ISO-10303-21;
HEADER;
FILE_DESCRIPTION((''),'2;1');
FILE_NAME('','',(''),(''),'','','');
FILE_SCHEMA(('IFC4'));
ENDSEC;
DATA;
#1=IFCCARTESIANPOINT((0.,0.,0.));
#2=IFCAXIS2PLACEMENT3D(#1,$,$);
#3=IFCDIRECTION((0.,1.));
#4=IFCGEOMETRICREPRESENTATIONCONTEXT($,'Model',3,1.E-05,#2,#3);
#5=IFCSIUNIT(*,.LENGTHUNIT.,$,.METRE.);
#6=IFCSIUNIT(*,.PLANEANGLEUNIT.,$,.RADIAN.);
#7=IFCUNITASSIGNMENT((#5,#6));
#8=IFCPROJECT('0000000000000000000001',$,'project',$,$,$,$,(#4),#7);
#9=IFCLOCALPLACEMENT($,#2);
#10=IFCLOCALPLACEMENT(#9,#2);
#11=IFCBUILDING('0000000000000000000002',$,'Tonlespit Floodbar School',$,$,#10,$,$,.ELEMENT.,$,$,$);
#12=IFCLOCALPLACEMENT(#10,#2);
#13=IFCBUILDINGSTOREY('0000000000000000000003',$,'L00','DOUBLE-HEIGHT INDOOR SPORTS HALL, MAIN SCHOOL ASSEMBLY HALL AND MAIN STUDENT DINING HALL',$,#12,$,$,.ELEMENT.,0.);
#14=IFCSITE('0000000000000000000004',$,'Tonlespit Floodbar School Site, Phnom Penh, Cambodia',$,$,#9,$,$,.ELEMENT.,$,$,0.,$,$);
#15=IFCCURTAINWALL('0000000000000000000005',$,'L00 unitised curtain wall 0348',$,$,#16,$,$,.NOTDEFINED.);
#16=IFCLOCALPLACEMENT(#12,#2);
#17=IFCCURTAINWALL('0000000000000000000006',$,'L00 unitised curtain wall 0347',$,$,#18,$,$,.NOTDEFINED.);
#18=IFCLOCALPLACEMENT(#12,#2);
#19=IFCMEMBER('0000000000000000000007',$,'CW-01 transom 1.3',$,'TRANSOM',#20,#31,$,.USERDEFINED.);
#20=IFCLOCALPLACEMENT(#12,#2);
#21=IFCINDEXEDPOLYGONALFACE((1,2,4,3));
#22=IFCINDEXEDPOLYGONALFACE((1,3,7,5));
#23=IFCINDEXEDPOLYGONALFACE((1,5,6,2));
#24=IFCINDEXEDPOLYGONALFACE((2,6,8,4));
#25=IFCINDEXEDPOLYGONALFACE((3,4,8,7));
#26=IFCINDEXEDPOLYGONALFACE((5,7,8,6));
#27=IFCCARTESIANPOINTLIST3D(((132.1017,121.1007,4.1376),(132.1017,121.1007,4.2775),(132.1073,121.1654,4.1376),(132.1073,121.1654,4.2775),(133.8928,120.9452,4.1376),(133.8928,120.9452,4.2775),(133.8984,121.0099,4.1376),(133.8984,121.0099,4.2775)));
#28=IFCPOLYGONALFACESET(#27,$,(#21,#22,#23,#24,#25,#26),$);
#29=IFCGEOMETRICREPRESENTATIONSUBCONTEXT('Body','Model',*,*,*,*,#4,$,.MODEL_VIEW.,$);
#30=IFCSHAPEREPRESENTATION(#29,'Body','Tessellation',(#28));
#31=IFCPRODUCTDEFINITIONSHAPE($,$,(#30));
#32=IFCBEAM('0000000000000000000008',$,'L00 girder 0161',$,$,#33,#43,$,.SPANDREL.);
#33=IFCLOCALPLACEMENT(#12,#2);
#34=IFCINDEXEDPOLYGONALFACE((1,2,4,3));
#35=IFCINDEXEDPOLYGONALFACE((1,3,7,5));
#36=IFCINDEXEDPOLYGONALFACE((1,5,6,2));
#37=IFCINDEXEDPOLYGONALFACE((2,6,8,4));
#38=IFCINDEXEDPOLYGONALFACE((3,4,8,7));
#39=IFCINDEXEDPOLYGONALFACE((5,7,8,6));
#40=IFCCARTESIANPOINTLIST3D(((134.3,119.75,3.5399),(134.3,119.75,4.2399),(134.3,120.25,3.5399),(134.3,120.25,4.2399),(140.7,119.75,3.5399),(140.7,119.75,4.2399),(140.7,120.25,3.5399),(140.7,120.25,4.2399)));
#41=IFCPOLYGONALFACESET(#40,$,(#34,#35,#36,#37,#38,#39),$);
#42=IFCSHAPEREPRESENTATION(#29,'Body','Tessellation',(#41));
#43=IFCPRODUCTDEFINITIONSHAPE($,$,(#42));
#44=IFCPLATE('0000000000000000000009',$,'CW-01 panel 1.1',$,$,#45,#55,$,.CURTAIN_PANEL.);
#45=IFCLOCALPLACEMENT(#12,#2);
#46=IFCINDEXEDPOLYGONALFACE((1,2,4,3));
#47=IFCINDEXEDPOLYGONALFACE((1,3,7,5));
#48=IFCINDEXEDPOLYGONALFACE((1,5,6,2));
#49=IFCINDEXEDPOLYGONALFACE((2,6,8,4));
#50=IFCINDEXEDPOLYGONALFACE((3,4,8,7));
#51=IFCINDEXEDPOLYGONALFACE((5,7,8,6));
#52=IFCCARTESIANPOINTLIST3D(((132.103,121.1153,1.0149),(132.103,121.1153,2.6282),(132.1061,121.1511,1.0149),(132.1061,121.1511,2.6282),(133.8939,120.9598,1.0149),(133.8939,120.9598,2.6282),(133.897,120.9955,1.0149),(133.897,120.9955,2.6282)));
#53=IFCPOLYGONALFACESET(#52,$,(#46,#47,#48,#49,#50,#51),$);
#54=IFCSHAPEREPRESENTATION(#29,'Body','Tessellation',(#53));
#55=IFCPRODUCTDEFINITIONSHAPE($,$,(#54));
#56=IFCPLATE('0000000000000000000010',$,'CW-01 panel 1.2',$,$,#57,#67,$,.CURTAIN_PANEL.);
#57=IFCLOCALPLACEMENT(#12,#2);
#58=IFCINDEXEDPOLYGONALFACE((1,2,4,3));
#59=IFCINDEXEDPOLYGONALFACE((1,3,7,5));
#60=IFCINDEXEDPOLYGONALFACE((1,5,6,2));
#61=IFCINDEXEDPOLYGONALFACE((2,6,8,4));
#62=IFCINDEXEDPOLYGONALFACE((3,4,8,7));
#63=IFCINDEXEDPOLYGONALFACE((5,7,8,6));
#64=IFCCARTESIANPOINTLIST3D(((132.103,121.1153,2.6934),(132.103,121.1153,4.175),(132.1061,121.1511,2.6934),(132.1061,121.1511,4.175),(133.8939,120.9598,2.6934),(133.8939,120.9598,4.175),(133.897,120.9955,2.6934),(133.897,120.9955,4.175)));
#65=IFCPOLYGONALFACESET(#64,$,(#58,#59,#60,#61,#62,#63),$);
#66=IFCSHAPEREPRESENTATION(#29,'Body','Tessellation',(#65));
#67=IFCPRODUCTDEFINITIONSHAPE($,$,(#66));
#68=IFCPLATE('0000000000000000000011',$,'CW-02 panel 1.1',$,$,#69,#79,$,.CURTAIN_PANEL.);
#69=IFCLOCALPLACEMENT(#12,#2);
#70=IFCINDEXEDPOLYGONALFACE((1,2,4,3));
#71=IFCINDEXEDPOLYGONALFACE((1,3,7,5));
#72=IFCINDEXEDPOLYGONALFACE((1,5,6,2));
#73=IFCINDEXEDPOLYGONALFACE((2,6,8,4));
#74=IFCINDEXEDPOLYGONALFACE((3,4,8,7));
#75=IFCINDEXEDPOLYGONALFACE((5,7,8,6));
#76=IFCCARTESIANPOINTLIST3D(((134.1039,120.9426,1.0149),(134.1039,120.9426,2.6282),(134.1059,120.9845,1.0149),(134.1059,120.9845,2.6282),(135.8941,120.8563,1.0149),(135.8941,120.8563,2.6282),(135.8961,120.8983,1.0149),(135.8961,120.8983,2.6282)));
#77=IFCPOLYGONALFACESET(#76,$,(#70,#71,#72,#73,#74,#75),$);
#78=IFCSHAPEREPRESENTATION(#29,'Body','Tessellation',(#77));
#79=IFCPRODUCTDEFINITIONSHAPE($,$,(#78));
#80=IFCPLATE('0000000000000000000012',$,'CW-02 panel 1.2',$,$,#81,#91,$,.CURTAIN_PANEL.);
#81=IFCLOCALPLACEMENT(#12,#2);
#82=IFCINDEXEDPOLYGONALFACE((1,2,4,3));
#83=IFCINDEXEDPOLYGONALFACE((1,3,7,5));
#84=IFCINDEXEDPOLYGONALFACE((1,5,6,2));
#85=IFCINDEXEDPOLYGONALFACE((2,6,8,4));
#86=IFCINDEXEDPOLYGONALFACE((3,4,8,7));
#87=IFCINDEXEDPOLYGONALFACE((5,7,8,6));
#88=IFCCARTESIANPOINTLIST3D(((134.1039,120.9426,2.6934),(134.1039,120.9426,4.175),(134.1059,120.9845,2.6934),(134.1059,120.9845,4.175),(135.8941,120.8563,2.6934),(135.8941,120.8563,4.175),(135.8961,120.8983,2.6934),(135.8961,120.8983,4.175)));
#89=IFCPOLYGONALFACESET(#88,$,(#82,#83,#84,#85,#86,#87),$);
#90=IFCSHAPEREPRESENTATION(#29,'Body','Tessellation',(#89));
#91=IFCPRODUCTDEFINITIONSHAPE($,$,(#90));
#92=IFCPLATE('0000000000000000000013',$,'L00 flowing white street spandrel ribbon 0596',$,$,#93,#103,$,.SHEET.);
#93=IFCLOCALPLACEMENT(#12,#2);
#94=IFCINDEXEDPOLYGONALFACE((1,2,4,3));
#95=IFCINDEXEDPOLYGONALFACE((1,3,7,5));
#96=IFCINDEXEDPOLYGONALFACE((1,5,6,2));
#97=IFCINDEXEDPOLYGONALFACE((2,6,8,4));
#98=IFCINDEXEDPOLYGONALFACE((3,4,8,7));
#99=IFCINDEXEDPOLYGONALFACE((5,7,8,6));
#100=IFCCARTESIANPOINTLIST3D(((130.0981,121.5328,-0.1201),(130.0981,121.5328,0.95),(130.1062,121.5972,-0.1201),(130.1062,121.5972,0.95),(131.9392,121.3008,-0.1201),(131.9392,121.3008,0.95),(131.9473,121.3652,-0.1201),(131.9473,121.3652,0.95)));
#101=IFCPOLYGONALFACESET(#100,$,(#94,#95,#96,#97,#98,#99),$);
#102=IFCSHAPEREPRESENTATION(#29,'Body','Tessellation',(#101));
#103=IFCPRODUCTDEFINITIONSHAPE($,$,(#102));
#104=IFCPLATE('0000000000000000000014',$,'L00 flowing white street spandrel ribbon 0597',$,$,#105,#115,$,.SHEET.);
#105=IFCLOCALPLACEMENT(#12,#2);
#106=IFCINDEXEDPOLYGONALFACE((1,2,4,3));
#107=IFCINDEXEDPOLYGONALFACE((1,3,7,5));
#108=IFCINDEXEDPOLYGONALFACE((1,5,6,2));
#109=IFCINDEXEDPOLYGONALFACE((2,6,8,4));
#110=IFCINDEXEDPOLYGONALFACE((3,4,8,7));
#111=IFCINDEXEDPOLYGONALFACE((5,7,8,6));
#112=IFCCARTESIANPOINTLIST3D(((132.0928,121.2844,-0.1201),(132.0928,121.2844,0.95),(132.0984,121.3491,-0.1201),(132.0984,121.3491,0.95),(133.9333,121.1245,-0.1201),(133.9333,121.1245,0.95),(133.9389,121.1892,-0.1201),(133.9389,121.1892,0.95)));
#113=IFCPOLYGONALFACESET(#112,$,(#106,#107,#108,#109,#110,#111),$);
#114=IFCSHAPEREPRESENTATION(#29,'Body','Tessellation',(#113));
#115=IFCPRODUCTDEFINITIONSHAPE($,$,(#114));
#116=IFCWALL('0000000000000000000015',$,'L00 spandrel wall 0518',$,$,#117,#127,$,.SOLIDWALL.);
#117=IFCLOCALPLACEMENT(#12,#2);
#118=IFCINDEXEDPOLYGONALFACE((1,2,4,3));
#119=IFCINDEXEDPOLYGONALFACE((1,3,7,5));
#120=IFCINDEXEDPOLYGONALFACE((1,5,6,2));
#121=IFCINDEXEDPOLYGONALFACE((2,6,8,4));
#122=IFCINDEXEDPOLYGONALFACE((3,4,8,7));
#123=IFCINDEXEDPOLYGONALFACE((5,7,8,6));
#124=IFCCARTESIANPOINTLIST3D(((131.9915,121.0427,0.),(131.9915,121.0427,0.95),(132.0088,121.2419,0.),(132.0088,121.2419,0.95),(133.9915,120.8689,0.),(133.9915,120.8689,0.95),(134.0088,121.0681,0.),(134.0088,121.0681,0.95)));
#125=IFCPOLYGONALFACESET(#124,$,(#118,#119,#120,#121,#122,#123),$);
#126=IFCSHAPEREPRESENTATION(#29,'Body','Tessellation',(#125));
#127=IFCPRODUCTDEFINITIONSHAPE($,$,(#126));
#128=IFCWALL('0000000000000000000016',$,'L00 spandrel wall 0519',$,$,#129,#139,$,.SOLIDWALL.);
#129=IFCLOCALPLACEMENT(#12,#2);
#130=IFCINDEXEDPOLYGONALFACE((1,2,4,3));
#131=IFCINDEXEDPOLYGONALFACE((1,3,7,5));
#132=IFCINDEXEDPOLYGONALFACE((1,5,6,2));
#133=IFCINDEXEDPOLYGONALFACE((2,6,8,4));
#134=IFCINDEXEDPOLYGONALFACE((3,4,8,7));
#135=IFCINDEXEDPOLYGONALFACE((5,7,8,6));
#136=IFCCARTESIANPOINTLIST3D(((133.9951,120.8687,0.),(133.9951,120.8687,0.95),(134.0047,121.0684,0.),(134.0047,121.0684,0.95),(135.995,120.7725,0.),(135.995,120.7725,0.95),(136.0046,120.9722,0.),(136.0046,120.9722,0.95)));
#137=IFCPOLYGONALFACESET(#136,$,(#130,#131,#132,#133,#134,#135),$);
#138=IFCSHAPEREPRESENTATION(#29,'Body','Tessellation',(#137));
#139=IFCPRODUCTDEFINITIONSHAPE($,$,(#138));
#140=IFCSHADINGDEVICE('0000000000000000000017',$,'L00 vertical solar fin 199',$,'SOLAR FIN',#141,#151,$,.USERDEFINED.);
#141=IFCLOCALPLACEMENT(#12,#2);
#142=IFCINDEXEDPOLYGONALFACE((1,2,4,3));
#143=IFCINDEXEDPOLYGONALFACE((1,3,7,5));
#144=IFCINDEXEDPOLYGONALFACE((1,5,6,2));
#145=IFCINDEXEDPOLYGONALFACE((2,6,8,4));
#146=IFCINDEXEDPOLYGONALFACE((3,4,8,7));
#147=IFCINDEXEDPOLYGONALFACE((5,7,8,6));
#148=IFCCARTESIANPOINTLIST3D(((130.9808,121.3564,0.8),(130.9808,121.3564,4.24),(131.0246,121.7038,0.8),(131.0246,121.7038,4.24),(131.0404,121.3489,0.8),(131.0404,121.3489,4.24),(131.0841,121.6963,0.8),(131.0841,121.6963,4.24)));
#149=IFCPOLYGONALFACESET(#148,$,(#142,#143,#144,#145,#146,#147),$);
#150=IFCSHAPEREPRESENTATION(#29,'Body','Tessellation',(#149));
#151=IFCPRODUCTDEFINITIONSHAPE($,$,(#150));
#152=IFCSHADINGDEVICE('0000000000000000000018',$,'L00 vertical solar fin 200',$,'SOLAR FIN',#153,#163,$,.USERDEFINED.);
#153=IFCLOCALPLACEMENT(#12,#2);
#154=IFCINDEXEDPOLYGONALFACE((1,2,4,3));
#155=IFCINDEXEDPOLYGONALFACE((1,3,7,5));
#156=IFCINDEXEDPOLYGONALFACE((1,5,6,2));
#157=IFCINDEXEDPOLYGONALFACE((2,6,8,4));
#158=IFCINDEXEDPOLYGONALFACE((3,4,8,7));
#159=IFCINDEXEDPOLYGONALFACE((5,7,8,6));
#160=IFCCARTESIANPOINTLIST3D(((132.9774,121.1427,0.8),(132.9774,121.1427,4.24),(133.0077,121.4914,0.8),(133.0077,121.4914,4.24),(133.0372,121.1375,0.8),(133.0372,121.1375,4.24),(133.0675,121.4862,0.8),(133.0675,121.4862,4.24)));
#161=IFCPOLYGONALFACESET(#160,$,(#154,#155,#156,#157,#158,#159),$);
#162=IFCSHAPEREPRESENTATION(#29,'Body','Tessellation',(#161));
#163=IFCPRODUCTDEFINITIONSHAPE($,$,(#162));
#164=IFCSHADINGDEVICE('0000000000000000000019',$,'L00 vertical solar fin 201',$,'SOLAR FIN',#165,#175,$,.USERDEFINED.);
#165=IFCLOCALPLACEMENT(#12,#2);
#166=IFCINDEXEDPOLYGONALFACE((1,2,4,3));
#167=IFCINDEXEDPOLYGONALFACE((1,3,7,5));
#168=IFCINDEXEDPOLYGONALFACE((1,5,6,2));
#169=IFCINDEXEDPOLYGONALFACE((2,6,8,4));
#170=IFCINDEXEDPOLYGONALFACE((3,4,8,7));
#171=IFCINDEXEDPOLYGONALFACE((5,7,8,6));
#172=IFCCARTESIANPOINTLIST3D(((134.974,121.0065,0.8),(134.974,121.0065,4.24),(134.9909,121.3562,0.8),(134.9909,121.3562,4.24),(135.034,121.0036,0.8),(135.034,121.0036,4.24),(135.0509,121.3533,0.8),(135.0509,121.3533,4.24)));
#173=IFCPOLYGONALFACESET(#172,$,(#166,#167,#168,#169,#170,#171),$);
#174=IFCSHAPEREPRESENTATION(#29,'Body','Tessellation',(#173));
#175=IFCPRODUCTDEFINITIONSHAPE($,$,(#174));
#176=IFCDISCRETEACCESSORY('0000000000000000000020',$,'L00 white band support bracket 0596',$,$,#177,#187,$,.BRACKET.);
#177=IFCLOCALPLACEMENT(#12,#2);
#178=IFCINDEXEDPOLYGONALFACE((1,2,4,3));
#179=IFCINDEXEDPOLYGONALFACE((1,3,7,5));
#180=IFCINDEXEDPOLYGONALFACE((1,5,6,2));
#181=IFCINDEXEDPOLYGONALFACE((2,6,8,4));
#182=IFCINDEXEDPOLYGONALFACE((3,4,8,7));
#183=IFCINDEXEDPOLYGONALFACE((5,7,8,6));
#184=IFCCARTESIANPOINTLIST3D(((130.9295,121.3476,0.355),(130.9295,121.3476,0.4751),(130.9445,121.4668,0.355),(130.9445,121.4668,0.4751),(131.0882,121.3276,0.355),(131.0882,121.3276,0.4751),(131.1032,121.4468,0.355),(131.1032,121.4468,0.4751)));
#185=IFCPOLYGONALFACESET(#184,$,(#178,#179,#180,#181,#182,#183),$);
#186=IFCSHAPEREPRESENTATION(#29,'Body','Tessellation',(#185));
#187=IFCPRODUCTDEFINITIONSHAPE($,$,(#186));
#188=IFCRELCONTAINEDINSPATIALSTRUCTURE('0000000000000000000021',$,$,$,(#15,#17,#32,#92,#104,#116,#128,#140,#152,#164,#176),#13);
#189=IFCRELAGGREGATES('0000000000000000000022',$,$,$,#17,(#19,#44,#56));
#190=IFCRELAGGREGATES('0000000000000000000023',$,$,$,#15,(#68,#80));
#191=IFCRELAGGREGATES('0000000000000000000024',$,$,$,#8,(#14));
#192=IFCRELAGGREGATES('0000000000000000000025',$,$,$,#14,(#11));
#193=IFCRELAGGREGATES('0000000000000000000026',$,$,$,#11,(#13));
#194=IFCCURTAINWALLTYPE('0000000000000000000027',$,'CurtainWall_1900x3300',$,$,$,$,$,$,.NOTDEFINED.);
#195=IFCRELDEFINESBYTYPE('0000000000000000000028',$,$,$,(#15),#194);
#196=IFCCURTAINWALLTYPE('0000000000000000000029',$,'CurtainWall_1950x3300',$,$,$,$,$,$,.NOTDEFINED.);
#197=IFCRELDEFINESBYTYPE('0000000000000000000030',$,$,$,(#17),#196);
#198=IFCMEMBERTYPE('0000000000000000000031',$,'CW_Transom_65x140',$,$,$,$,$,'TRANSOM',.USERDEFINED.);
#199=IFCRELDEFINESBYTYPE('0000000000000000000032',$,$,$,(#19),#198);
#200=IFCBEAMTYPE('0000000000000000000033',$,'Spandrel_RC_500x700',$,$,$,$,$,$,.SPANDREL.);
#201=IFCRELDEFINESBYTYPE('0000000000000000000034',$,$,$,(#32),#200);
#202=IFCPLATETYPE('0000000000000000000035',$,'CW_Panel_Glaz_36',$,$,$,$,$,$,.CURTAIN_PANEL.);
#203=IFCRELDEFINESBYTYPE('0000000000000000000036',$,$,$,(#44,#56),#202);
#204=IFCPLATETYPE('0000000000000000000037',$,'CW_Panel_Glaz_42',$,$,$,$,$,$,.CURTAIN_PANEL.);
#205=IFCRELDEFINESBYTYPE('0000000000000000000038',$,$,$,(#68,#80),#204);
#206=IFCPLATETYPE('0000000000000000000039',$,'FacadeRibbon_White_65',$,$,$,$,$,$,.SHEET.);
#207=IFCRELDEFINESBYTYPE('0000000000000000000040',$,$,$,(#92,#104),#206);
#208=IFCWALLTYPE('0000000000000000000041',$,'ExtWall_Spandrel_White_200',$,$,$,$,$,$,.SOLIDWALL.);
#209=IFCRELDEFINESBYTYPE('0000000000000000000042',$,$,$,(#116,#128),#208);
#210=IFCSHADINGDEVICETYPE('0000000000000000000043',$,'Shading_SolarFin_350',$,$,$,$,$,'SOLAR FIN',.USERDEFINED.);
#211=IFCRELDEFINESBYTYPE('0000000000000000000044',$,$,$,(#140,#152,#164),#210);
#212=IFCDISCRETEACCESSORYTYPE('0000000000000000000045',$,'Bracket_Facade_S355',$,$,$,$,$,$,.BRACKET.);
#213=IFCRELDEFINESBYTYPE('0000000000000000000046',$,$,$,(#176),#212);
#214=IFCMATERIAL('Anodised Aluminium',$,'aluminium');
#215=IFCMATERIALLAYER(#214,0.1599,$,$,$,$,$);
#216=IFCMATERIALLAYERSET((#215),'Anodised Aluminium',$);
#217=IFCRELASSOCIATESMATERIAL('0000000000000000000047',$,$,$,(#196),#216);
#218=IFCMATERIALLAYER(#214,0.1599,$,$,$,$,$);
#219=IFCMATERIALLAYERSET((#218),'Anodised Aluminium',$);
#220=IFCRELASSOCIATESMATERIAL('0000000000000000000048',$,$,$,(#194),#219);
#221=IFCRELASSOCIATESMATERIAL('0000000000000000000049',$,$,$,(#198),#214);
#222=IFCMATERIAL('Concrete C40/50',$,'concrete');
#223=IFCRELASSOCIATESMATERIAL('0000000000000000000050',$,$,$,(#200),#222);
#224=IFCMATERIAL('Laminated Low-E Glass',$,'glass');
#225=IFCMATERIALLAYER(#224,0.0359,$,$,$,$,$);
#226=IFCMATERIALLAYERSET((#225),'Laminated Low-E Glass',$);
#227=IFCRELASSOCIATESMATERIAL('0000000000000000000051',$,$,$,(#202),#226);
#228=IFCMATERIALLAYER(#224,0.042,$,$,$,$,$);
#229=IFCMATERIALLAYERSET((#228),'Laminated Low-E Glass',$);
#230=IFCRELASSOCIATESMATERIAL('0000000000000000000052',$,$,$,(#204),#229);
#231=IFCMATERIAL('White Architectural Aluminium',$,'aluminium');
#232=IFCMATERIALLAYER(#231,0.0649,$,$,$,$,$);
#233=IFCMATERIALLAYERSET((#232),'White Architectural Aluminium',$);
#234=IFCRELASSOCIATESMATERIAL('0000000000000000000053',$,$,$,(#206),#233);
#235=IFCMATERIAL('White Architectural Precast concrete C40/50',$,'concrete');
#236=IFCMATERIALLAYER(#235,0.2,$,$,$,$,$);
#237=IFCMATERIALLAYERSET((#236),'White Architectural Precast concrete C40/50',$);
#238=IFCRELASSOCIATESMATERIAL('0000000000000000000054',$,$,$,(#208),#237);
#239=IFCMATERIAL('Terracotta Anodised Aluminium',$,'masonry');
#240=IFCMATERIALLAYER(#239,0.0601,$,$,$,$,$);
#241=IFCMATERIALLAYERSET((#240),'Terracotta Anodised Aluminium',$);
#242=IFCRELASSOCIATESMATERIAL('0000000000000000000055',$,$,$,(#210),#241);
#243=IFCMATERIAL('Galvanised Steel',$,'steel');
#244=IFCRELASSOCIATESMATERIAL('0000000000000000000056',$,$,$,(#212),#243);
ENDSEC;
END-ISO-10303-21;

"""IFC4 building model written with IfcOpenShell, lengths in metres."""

from ifc_helpers import new_model, si_unit, direction, frame, frame_2d, origin, origin_2d, place, context, subcontext, project, spatial, rectangle, extrude, material, layer, layer_set, material_profile, profile_set, type_object, element, aggregate, save


model = new_model("IFC4")

# Units and contexts
model_context = context("Model", 3, precision=1e-05, world=origin(), true_north=direction((0.0, 1.0)))
body_context = subcontext(model_context, "Body", "Model", "MODEL_VIEW")
ifc_project = project(units=[si_unit("LENGTHUNIT", "METRE"), si_unit("PLANEANGLEUNIT", "RADIAN")], contexts=[model_context])

# Site, building, storey
site_placement = place(None, origin())
site = spatial("IfcSite", under=ifc_project, at=site_placement, Name="Tonlespit Floodbar School Site, Phnom Penh, Cambodia", CompositionType="ELEMENT", RefElevation=0.0)
building_placement = place(site_placement, origin())
building = spatial("IfcBuilding", under=site, at=building_placement, Name="Tonlespit Floodbar School", CompositionType="ELEMENT")
storey_placement = place(building_placement, origin())
storey = spatial("IfcBuildingStorey", under=building, at=storey_placement, Name="L00", Description="DOUBLE-HEIGHT INDOOR SPORTS HALL, MAIN SCHOOL ASSEMBLY HALL AND MAIN STUDENT DINING HALL", CompositionType="ELEMENT", Elevation=0.0)

# Shared definitions
ifc_material_1 = material(Name="Concrete C40/50", Category="concrete")

# Curtain wall
ifc_material_2 = material(Name="Anodised Aluminium", Category="aluminium")
ifc_layer_1 = layer(ifc_material_2, 0.1599)
ifc_layer_set_1 = layer_set([ifc_layer_1], Name="Anodised Aluminium")
curtain_wall_type_1 = type_object("IfcCurtainWallType", Name="CurtainWall_1950x3300", PredefinedType="NOTDEFINED", material=ifc_layer_set_1)
ifc_layer_2 = layer(ifc_material_2, 0.1599)
ifc_layer_set_2 = layer_set([ifc_layer_2], Name="Anodised Aluminium")
curtain_wall_type_2 = type_object("IfcCurtainWallType", Name="CurtainWall_1900x3300", PredefinedType="NOTDEFINED", material=ifc_layer_set_2)
curtain_wall_1_placement = place(storey_placement, origin())
curtain_wall_1 = element("IfcCurtainWall", 1, at=curtain_wall_1_placement, inside=storey, type_object=curtain_wall_type_2, Name="L00 unitised curtain wall 0348", PredefinedType="NOTDEFINED")

# Curtain wall
curtain_wall_2_placement = place(storey_placement, origin())
curtain_wall_2 = element("IfcCurtainWall", 2, at=curtain_wall_2_placement, inside=storey, type_object=curtain_wall_type_1, Name="L00 unitised curtain wall 0347", PredefinedType="NOTDEFINED")

# Member
ifc_material_profile_1 = material_profile(ifc_material_2, rectangle(XDim=0.0649, YDim=0.1399, at=origin_2d()), Name="ALU T65x140")
ifc_profile_set_1 = profile_set([ifc_material_profile_1], Name="Anodised Aluminium")
member_type_1 = type_object("IfcMemberType", Name="CW_Transom_65x140", ElementType="TRANSOM", PredefinedType="USERDEFINED", material=ifc_profile_set_1)
member_1_placement = place(storey_placement, frame((132.1045, 121.1331, 4.2075), z_axis=(0.996251, -0.086507, 0.0), x_axis=(0.086507, 0.996251, 0.0)))
member_1 = element("IfcMember", 3, at=member_1_placement, type_object=member_type_1, Name="CW-01 transom 1.3", ObjectType="TRANSOM", PredefinedType="USERDEFINED", context=body_context, shape_type="SweptSolid", body=[
    extrude(rectangle(XDim=0.0649, YDim=0.1399, at=origin_2d()), origin(), (0.0, 0.0, 1.0), 1.7979),
])

# Beam
ifc_material_profile_2 = material_profile(ifc_material_1, rectangle(XDim=0.5, YDim=0.7, at=origin_2d()), Name="RC 500x700")
ifc_profile_set_2 = profile_set([ifc_material_profile_2], Name="Concrete C40/50")
beam_type = type_object("IfcBeamType", Name="Spandrel_RC_500x700", PredefinedType="SPANDREL", material=ifc_profile_set_2)
beam_placement = place(storey_placement, frame((134.3, 120.0, 3.8899), z_axis=(1.0, 0.0, 0.0), x_axis=(0.0, 1.0, 0.0)))
element("IfcBeam", 4, at=beam_placement, inside=storey, type_object=beam_type, Name="L00 girder 0161", PredefinedType="SPANDREL", context=body_context, shape_type="SweptSolid", body=[
    extrude(rectangle(XDim=0.5, YDim=0.7, at=origin_2d()), origin(), (0.0, 0.0, 1.0), 6.3999),
])

# Plates
ifc_material_3 = material(Name="Laminated Low-E Glass", Category="glass")
ifc_layer_3 = layer(ifc_material_3, 0.0359)
ifc_layer_set_3 = layer_set([ifc_layer_3], Name="Laminated Low-E Glass")
plate_type_1 = type_object("IfcPlateType", Name="CW_Panel_Glaz_36", PredefinedType="CURTAIN_PANEL", material=ifc_layer_set_3)
plate_1_placement = place(storey_placement, frame((133.0, 121.0554, 1.0149), z_axis=(0.0, 0.0, 1.0), x_axis=(0.996249, -0.086531, 0.0)))
plate_1 = element("IfcPlate", 5, at=plate_1_placement, type_object=plate_type_1, Name="CW-01 panel 1.1", PredefinedType="CURTAIN_PANEL", context=body_context, shape_type="SweptSolid", body=[
    extrude(rectangle(XDim=1.7976, YDim=0.0359, at=origin_2d()), origin(), (0.0, 0.0, 1.0), 1.6133),
])
plate_2_placement = place(storey_placement, frame((133.0, 121.0554, 2.6934), z_axis=(0.0, 0.0, 1.0), x_axis=(0.996249, -0.086531, 0.0)))
plate_2 = element("IfcPlate", 6, at=plate_2_placement, type_object=plate_type_1, Name="CW-01 panel 1.2", PredefinedType="CURTAIN_PANEL", context=body_context, shape_type="SweptSolid", body=[
    extrude(rectangle(XDim=1.7976, YDim=0.0359, at=origin_2d()), origin(), (0.0, 0.0, 1.0), 1.4817),
])
aggregate(curtain_wall_2, [member_1, plate_1, plate_2])
ifc_layer_4 = layer(ifc_material_3, 0.042)
ifc_layer_set_4 = layer_set([ifc_layer_4], Name="Laminated Low-E Glass")
plate_type_2 = type_object("IfcPlateType", Name="CW_Panel_Glaz_42", PredefinedType="CURTAIN_PANEL", material=ifc_layer_set_4)
plate_3_placement = place(storey_placement, frame((135.0, 120.9204, 1.0149), z_axis=(0.0, 0.0, 1.0), x_axis=(0.998842, -0.048121, 0.0)))
plate_3 = element("IfcPlate", 7, at=plate_3_placement, type_object=plate_type_2, Name="CW-02 panel 1.1", PredefinedType="CURTAIN_PANEL", context=body_context, shape_type="SweptSolid", body=[
    extrude(rectangle(XDim=1.7922, YDim=0.042, at=origin_2d()), origin(), (0.0, 0.0, 1.0), 1.6133),
])
plate_4_placement = place(storey_placement, frame((135.0, 120.9204, 2.6934), z_axis=(0.0, 0.0, 1.0), x_axis=(0.998842, -0.048121, 0.0)))
plate_4 = element("IfcPlate", 8, at=plate_4_placement, type_object=plate_type_2, Name="CW-02 panel 1.2", PredefinedType="CURTAIN_PANEL", context=body_context, shape_type="SweptSolid", body=[
    extrude(rectangle(XDim=1.7922, YDim=0.042, at=origin_2d()), origin(), (0.0, 0.0, 1.0), 1.4817),
])
aggregate(curtain_wall_1, [plate_3, plate_4])

# Plates
ifc_material_4 = material(Name="White Architectural Aluminium", Category="aluminium")
ifc_layer_5 = layer(ifc_material_4, 0.0649)
ifc_layer_set_5 = layer_set([ifc_layer_5], Name="White Architectural Aluminium")
plate_type_3 = type_object("IfcPlateType", Name="FacadeRibbon_White_65", PredefinedType="SHEET", material=ifc_layer_set_5)
plate_5_placement = place(storey_placement, frame((131.0227, 121.449, -0.1201), z_axis=(0.0, 0.0, 1.0), x_axis=(0.992155, -0.125011, 0.0)))
element("IfcPlate", 9, at=plate_5_placement, inside=storey, type_object=plate_type_3, Name="L00 flowing white street spandrel ribbon 0596", PredefinedType="SHEET", context=body_context, shape_type="SweptSolid", body=[
    extrude(rectangle(XDim=1.8557, YDim=0.0649, at=origin_2d()), origin(), (0.0, 0.0, 1.0), 1.0701),
])
plate_6_placement = place(storey_placement, frame((133.0159, 121.2368, -0.1201), z_axis=(0.0, 0.0, 1.0), x_axis=(0.996245, -0.086573, 0.0)))
element("IfcPlate", 10, at=plate_6_placement, inside=storey, type_object=plate_type_3, Name="L00 flowing white street spandrel ribbon 0597", PredefinedType="SHEET", context=body_context, shape_type="SweptSolid", body=[
    extrude(rectangle(XDim=1.8474, YDim=0.0649, at=origin_2d()), origin(), (0.0, 0.0, 1.0), 1.0701),
])

# Walls
ifc_material_5 = material(Name="White Architectural Precast concrete C40/50", Category="concrete")
ifc_layer_6 = layer(ifc_material_5, 0.2)
ifc_layer_set_6 = layer_set([ifc_layer_6], Name="White Architectural Precast concrete C40/50")
wall_type = type_object("IfcWallType", Name="ExtWall_Spandrel_White_200", PredefinedType="SOLIDWALL", material=ifc_layer_set_6)
wall_1_placement = place(storey_placement, frame((132.0, 121.1423, 0.0), z_axis=(0.0, 0.0, 1.0), x_axis=(0.996244, -0.086588, 0.0)))
element("IfcWall", 11, at=wall_1_placement, inside=storey, type_object=wall_type, Name="L00 spandrel wall 0518", PredefinedType="SOLIDWALL", context=body_context, shape_type="SweptSolid", body=[
    extrude(rectangle(XDim=2.0076, YDim=0.2, at=frame_2d((1.0039, 0.0))), origin(), (0.0, 0.0, 1.0), 0.95),
])
wall_2_placement = place(storey_placement, frame((134.0, 120.9685, 0.0), z_axis=(0.0, 0.0, 1.0), x_axis=(0.998845, -0.04804, 0.0)))
element("IfcWall", 12, at=wall_2_placement, inside=storey, type_object=wall_type, Name="L00 spandrel wall 0519", PredefinedType="SOLIDWALL", context=body_context, shape_type="SweptSolid", body=[
    extrude(rectangle(XDim=2.0022, YDim=0.2, at=frame_2d((1.001, 0.0))), origin(), (0.0, 0.0, 1.0), 0.95),
])

# Shading devices
ifc_material_6 = material(Name="Terracotta Anodised Aluminium", Category="masonry")
ifc_layer_7 = layer(ifc_material_6, 0.0601)
ifc_layer_set_7 = layer_set([ifc_layer_7], Name="Terracotta Anodised Aluminium")
shading_device_type = type_object("IfcShadingDeviceType", Name="Shading_SolarFin_350", ElementType="SOLAR FIN", PredefinedType="USERDEFINED", material=ifc_layer_set_7)
for number, where, z_axis, x_axis, name in (
    (13, (131.0325, 121.5264, 0.8), (0.0, 0.0, 1.0), (0.992155, -0.125011, 0.0), "L00 vertical solar fin 199"),
    (14, (133.0225, 121.3145, 0.8), (0.0, 0.0, 1.0), (0.996245, -0.086573, 0.0), "L00 vertical solar fin 200"),
    (15, (135.0125, 121.1799, 0.8), (0.0, 0.0, 1.0), (0.998843, -0.048095, 0.0), "L00 vertical solar fin 201"),
):
    element("IfcShadingDevice", number, at=place(storey_placement, frame(where, z_axis=z_axis, x_axis=x_axis)), inside=storey, type_object=shading_device_type, Name=name, ObjectType="SOLAR FIN", PredefinedType="USERDEFINED", context=body_context, shape_type="SweptSolid", body=[
        extrude(rectangle(XDim=0.0601, YDim=0.3501, at=origin_2d()), origin(), (0.0, 0.0, 1.0), 3.4399),
    ])

# Discrete accessory
ifc_material_7 = material(Name="Galvanised Steel", Category="steel")
discrete_accessory_type = type_object("IfcDiscreteAccessoryType", Name="Bracket_Facade_S355", PredefinedType="BRACKET", material=ifc_material_7)
discrete_accessory_1_placement = place(storey_placement, frame((131.0164, 121.3972, 0.355), z_axis=(0.0, 0.0, 1.0), x_axis=(0.992155, -0.125011, 0.0)))
element("IfcDiscreteAccessory", 16, at=discrete_accessory_1_placement, inside=storey, type_object=discrete_accessory_type, Name="L00 white band support bracket 0596", PredefinedType="BRACKET", context=body_context, shape_type="SweptSolid", body=[
    extrude(rectangle(XDim=0.1599, YDim=0.1201, at=origin_2d()), origin(), (0.0, 0.0, 1.0), 0.1201),
])

save(model, "model.ifc")
